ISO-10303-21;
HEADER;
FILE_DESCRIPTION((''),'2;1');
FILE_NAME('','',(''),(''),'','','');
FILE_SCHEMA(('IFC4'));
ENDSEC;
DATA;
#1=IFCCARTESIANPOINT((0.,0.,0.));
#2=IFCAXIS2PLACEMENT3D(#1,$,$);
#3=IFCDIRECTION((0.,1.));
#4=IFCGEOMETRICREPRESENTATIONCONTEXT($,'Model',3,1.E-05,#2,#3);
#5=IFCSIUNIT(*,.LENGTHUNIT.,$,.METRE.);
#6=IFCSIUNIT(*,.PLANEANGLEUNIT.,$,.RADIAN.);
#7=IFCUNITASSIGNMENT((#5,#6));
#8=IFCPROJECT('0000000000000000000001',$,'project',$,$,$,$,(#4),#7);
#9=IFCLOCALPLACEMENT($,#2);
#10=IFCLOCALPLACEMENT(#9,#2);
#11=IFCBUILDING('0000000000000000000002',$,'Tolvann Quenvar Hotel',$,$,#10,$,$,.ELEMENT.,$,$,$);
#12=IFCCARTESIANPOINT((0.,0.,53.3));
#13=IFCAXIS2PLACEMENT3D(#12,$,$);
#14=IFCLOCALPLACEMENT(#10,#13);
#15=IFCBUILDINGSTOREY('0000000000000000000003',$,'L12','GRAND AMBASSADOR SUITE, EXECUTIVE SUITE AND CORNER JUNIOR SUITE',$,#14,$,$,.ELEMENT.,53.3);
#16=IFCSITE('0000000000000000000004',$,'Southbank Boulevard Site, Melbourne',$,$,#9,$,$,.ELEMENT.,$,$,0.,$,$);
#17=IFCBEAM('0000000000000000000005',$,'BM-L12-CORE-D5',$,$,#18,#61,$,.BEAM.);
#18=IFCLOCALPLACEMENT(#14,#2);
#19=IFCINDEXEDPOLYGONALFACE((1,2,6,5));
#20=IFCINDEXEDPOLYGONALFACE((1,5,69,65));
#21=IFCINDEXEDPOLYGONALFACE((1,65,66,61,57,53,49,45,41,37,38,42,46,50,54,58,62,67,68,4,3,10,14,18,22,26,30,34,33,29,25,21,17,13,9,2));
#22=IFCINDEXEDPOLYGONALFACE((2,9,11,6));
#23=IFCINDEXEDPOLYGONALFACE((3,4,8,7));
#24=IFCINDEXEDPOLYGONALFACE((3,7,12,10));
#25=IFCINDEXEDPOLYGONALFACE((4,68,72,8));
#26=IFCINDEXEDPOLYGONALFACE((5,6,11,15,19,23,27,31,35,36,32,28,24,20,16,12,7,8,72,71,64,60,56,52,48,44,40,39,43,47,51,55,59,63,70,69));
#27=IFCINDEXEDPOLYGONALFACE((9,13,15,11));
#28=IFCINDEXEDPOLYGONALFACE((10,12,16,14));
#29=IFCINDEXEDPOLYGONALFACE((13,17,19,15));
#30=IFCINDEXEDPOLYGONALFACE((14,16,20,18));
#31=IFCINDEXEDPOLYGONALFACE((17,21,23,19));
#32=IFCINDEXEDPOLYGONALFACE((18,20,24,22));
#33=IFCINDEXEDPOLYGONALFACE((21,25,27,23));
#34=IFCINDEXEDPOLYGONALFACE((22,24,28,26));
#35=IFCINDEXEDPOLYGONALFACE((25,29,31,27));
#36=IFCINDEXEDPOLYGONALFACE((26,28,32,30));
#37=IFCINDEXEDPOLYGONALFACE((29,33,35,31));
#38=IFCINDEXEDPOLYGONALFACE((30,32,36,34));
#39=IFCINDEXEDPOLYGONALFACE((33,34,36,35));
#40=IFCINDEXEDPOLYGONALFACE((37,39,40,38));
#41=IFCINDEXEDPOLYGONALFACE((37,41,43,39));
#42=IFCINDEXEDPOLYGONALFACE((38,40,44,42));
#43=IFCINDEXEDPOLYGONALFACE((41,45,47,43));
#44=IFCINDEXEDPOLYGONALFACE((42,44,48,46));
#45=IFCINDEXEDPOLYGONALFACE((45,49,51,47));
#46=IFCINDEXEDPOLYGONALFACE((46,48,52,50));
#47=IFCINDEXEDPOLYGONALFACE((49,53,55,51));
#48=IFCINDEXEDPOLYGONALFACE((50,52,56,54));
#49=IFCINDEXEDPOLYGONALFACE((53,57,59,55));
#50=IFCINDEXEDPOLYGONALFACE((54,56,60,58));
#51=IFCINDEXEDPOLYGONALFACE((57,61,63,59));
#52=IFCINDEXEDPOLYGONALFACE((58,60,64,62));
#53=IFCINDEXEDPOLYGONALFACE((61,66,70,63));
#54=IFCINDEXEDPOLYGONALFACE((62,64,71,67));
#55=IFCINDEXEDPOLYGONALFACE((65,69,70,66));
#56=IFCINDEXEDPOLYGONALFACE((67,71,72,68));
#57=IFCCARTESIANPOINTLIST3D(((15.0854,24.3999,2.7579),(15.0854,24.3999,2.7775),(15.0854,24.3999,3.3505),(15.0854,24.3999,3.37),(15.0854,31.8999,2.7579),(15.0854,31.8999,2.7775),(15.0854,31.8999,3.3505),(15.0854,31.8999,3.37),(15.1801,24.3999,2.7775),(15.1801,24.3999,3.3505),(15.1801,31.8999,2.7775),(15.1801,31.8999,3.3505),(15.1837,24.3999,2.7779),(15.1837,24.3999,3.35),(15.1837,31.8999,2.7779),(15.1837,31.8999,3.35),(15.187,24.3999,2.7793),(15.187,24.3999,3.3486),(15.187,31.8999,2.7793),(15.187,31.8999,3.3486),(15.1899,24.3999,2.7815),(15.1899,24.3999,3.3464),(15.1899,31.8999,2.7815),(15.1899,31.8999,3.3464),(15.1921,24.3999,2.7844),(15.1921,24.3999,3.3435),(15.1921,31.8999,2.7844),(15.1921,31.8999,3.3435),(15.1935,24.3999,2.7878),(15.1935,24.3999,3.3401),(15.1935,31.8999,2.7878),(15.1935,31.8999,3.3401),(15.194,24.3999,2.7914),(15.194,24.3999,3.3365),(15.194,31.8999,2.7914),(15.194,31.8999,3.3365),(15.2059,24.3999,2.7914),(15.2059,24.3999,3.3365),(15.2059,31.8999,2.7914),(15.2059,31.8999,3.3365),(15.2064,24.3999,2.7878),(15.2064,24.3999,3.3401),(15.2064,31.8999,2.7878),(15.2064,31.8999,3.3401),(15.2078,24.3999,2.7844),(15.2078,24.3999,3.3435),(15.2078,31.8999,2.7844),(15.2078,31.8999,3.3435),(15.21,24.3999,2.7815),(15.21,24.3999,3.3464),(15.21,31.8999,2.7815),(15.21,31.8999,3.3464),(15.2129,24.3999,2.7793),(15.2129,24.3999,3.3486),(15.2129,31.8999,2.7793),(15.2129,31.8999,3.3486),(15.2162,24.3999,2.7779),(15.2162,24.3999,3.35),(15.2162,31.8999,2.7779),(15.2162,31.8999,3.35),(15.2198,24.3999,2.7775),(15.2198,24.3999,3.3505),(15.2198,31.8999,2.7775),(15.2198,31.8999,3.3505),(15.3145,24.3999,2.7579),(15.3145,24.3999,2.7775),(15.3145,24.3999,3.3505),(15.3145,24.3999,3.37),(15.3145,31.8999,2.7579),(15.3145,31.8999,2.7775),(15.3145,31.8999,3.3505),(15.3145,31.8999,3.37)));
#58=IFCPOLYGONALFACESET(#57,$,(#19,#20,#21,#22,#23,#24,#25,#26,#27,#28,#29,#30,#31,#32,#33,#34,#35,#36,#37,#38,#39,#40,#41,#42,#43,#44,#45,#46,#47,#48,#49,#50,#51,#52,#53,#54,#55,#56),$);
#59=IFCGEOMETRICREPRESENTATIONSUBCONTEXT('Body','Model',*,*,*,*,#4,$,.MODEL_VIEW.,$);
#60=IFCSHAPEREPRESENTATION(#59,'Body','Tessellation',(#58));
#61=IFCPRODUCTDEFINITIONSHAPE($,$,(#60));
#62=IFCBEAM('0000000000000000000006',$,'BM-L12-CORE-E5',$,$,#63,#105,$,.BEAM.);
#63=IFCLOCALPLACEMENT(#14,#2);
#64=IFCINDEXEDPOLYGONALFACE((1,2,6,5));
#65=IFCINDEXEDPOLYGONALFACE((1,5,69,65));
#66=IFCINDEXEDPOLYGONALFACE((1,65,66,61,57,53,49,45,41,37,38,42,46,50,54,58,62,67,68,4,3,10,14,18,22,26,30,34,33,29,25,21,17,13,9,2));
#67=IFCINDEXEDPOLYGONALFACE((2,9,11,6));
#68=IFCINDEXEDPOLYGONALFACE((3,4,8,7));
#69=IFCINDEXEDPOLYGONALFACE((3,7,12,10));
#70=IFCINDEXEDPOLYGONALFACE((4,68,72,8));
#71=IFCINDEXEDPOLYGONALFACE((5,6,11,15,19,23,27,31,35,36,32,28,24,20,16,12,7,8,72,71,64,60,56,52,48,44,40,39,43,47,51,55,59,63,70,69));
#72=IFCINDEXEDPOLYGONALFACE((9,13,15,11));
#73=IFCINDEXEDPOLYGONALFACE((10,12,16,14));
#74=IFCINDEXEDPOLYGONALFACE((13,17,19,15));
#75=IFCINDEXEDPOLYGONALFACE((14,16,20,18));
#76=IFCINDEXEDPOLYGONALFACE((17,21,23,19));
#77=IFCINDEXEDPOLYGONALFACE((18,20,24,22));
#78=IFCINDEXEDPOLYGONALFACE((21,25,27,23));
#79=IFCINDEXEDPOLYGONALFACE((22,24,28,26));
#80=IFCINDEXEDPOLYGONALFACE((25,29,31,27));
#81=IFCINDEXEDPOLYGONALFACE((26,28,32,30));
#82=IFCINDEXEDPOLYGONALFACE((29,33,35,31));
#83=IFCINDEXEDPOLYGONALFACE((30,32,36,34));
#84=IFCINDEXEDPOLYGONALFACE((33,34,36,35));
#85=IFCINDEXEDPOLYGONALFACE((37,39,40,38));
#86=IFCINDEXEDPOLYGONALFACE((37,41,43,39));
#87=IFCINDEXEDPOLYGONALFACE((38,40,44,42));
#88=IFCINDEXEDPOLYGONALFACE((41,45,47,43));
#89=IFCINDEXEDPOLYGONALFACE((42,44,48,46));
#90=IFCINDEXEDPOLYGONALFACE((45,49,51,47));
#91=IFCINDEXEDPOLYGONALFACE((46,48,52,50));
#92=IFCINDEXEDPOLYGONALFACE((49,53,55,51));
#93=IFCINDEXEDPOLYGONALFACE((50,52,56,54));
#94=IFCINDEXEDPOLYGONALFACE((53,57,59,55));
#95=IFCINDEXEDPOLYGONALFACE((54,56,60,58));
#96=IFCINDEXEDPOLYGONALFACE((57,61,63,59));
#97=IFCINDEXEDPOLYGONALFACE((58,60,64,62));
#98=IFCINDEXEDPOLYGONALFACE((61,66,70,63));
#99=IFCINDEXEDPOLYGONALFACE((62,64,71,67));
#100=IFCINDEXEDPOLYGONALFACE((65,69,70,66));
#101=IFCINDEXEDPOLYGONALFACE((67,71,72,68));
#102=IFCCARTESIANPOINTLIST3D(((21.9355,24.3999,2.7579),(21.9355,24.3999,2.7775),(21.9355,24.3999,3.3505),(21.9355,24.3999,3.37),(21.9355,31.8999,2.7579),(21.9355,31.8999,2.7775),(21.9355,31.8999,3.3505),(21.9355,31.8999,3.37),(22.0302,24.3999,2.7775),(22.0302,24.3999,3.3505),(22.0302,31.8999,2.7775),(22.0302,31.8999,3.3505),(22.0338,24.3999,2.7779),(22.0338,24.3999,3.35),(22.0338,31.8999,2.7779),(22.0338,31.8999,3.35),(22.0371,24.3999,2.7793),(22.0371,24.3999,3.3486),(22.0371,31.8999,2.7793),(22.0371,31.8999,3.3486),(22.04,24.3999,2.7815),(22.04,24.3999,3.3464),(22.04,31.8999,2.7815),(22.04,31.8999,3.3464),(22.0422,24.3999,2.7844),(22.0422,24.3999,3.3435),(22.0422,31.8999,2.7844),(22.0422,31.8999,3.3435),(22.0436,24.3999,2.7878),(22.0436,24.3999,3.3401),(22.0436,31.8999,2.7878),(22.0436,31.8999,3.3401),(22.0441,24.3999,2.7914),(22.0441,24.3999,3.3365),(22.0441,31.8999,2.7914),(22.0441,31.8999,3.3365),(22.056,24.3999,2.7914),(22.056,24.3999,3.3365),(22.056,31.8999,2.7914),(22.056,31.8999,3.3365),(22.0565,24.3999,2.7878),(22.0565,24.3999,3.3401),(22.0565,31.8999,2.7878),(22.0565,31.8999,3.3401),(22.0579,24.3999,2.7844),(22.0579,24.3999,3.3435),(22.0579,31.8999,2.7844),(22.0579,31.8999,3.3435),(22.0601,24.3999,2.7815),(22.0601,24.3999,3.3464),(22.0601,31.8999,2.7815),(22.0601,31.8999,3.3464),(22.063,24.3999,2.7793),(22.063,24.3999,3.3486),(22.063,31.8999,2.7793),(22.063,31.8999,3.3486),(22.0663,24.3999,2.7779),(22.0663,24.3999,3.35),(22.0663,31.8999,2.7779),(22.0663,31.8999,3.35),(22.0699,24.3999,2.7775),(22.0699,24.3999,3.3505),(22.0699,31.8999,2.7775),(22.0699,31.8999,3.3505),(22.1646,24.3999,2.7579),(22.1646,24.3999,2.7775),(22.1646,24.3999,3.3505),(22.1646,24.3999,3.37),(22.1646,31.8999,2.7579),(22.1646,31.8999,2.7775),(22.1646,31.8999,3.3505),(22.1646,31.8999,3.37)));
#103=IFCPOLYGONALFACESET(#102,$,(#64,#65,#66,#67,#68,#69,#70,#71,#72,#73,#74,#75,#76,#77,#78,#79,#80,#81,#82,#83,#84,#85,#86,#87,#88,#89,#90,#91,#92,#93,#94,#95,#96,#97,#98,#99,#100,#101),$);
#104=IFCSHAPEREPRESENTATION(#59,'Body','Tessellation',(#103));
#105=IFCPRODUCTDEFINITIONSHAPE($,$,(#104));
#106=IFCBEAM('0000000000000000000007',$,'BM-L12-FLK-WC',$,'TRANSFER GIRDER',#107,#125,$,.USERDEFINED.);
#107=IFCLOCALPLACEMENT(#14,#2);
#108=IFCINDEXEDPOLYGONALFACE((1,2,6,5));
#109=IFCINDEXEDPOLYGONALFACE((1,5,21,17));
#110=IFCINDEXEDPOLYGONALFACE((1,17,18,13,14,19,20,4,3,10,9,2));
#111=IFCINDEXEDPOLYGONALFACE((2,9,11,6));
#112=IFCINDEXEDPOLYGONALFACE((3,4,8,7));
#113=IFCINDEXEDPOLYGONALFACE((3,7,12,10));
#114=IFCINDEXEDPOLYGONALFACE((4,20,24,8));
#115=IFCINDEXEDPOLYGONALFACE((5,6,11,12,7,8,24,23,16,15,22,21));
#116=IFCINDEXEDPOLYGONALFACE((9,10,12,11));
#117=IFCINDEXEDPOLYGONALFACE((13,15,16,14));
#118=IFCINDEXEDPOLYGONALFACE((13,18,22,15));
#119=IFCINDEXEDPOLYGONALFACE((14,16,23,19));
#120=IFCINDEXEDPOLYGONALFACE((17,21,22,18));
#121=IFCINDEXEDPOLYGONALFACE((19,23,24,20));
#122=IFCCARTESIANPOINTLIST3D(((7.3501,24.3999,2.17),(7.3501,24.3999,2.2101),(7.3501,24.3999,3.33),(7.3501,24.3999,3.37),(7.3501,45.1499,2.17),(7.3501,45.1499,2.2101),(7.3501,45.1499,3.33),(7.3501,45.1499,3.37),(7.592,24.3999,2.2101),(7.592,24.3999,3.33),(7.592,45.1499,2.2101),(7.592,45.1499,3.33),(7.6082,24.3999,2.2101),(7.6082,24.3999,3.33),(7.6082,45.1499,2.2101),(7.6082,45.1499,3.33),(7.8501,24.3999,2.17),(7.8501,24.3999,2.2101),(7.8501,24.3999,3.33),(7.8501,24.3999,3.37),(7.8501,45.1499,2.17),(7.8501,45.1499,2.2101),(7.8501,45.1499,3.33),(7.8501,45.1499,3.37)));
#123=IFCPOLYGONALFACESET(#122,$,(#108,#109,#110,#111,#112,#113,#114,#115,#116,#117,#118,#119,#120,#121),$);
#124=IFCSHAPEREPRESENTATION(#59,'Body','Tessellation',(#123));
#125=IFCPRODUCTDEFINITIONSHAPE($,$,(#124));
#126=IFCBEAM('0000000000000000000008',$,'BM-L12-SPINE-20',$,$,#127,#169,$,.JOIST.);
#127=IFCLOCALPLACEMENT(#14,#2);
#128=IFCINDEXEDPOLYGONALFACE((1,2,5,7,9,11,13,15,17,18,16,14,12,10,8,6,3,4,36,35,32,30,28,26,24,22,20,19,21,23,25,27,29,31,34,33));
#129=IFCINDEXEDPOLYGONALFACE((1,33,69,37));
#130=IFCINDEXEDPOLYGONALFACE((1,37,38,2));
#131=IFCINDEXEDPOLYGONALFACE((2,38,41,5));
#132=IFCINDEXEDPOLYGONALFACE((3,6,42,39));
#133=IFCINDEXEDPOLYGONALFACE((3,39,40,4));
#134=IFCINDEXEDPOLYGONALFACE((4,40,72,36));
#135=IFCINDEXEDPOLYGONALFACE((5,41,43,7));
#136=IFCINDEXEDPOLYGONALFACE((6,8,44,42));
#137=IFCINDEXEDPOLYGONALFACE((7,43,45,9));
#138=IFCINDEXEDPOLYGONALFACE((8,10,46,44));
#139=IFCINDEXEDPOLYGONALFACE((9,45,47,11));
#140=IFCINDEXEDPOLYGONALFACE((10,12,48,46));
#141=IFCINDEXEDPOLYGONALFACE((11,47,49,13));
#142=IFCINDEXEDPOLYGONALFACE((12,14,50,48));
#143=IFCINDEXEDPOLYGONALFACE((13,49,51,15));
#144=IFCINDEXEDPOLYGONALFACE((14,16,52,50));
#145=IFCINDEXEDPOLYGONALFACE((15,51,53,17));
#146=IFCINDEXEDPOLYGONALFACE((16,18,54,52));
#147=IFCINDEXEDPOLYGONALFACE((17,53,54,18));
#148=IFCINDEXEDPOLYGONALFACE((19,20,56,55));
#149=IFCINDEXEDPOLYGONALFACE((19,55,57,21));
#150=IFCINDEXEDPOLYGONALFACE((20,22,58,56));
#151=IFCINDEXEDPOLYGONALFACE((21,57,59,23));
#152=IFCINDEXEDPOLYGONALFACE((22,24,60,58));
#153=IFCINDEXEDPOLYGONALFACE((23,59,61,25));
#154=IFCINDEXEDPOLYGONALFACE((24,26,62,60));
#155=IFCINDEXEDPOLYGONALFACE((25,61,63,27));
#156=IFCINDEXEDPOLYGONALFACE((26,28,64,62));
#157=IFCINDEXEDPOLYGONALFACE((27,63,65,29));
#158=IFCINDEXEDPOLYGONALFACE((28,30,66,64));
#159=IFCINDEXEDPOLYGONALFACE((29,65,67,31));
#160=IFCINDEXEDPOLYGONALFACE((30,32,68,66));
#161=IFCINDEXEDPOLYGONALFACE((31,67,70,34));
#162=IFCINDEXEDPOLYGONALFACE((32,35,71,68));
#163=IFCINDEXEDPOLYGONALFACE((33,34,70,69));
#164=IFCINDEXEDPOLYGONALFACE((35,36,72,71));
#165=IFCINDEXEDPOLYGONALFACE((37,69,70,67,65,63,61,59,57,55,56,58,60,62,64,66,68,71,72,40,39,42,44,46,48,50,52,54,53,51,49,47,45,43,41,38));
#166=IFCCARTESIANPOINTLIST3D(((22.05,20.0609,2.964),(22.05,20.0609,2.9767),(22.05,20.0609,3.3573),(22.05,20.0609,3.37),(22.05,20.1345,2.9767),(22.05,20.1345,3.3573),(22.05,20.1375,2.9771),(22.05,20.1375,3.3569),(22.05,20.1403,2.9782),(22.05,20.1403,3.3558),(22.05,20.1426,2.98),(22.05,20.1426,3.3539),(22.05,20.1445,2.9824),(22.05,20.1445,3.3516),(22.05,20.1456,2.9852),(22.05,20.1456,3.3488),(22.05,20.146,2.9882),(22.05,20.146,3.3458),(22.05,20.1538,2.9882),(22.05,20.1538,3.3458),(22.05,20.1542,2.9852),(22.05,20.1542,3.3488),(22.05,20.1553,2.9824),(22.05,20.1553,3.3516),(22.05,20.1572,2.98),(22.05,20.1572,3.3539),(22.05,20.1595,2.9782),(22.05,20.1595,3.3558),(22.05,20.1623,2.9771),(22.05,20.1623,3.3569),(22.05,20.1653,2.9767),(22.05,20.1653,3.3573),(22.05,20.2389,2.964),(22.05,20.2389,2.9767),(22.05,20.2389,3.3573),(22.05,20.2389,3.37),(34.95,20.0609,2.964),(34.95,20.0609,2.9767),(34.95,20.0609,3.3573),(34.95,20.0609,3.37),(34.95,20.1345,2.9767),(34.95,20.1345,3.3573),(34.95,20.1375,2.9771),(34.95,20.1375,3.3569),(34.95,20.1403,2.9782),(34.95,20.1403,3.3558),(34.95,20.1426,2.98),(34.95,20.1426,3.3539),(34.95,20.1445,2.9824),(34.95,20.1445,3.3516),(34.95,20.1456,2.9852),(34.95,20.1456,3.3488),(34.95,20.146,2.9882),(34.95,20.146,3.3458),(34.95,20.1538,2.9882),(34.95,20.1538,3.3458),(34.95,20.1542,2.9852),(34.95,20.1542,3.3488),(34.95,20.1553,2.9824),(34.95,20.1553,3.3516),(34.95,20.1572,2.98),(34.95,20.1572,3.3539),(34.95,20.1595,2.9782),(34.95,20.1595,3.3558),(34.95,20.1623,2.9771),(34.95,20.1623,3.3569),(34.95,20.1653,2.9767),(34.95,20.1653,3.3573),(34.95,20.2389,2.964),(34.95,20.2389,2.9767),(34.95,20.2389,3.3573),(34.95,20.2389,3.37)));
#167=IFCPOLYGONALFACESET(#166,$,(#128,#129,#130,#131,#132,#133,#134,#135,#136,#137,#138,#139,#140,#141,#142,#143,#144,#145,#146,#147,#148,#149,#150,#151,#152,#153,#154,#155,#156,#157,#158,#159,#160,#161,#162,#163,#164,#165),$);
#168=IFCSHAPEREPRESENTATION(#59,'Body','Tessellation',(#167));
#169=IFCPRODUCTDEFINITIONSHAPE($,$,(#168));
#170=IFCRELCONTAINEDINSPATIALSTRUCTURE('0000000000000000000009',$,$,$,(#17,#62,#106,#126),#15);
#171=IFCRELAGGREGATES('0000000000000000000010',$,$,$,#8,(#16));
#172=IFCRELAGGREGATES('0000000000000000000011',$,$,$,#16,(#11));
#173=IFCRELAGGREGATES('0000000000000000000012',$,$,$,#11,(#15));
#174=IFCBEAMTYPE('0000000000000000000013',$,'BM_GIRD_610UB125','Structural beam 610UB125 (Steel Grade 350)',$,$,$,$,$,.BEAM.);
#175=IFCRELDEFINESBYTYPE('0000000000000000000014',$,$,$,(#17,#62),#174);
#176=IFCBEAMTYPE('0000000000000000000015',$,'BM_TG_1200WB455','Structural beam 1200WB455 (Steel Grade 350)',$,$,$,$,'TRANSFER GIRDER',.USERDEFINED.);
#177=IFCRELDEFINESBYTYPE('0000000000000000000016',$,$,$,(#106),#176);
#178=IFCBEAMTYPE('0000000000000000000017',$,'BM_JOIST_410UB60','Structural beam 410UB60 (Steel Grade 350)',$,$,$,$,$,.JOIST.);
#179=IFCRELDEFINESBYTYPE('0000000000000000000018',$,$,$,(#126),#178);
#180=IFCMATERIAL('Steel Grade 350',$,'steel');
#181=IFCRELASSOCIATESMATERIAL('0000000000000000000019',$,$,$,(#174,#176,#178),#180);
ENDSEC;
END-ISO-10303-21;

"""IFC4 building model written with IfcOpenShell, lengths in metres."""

from ifc_helpers import new_model, si_unit, direction, frame, origin, origin_2d, place, context, subcontext, project, spatial, i_section, extrude, source, transform, mapped, material, material_profile, profile_set, type_object, type_shapes, element, save


model = new_model("IFC4")

# Units and contexts
model_context = context("Model", 3, precision=1e-05, world=origin(), true_north=direction((0.0, 1.0)))
body_context = subcontext(model_context, "Body", "Model", "MODEL_VIEW")
ifc_project = project(units=[si_unit("LENGTHUNIT", "METRE"), si_unit("PLANEANGLEUNIT", "RADIAN")], contexts=[model_context])

# Site, building, storey
site_placement = place(None, origin())
site = spatial("IfcSite", under=ifc_project, at=site_placement, Name="Southbank Boulevard Site, Melbourne", CompositionType="ELEMENT", RefElevation=0.0)
building_placement = place(site_placement, origin())
building = spatial("IfcBuilding", under=site, at=building_placement, Name="Tolvann Quenvar Hotel", CompositionType="ELEMENT")
storey_placement = place(building_placement, frame((0.0, 0.0, 53.3)))
storey = spatial("IfcBuildingStorey", under=building, at=storey_placement, Name="L12", Description="GRAND AMBASSADOR SUITE, EXECUTIVE SUITE AND CORNER JUNIOR SUITE", CompositionType="ELEMENT", Elevation=53.3)

# Shared definitions
ifc_material_1 = material(Name="Steel Grade 350", Category="steel")

# Beams
ifc_material_profile_1 = material_profile(ifc_material_1, i_section(OverallWidth=0.229, OverallDepth=0.6121, WebThickness=0.012, FlangeThickness=0.0195, FilletRadius=0.0139, at=origin_2d()), Name="610UB125")
ifc_profile_set_1 = profile_set([ifc_material_profile_1], Name="Steel Grade 350")
beam_type_1 = type_object("IfcBeamType", Name="BM_GIRD_610UB125", Description="Structural beam 610UB125 (Steel Grade 350)", PredefinedType="BEAM", material=ifc_profile_set_1)
shared_shape_1 = source(origin(), body_context, "Body", "SweptSolid", [
    extrude(i_section(OverallWidth=0.229, OverallDepth=0.6121, WebThickness=0.012, FlangeThickness=0.0195, FilletRadius=0.0139, at=origin_2d()), origin(), (0.0, 0.0, 1.0), 7.5),
])
for number, where, z_axis, x_axis, name in (
    (1, (15.2, 24.3999, 3.064), (0.0, 1.0, 0.0), (-1.0, 0.0, 0.0), "BM-L12-CORE-D5"),
    (2, (22.05, 24.3999, 3.064), (0.0, 1.0, 0.0), (-1.0, 0.0, 0.0), "BM-L12-CORE-E5"),
):
    element("IfcBeam", number, at=place(storey_placement, frame(where, z_axis=z_axis, x_axis=x_axis)), inside=storey, type_object=beam_type_1, Name=name, PredefinedType="BEAM", context=body_context, shape_type="MappedRepresentation", body=[
        mapped(shared_shape_1, transform((0.0, 0.0, 0.0), x_axis=(1.0, 0.0, 0.0), y_axis=(0.0, 1.0, 0.0), z_axis=(0.0, 0.0, 1.0), scale=1.0)),
    ])
ifc_material_profile_2 = material_profile(ifc_material_1, i_section(OverallWidth=0.5, OverallDepth=1.2, WebThickness=0.0161, FlangeThickness=0.04, at=origin_2d()), Name="1200WB455")
ifc_profile_set_2 = profile_set([ifc_material_profile_2], Name="Steel Grade 350")
beam_type_2 = type_object("IfcBeamType", Name="BM_TG_1200WB455", Description="Structural beam 1200WB455 (Steel Grade 350)", ElementType="TRANSFER GIRDER", PredefinedType="USERDEFINED", material=ifc_profile_set_2)
shared_shape_2 = source(origin(), body_context, "Body", "SweptSolid", [
    extrude(i_section(OverallWidth=0.5, OverallDepth=1.2, WebThickness=0.0161, FlangeThickness=0.04, at=origin_2d()), origin(), (0.0, 0.0, 1.0), 20.75),
])
type_shapes(beam_type_2, [shared_shape_2])
beam_1_placement = place(storey_placement, frame((7.6001, 24.3999, 2.77), z_axis=(0.0, 1.0, 0.0), x_axis=(-1.0, 0.0, 0.0)))
element("IfcBeam", 3, at=beam_1_placement, inside=storey, type_object=beam_type_2, Name="BM-L12-FLK-WC", ObjectType="TRANSFER GIRDER", PredefinedType="USERDEFINED", context=body_context, shape_type="MappedRepresentation", body=[
    mapped(shared_shape_2, transform((0.0, 0.0, 0.0), x_axis=(1.0, 0.0, 0.0), y_axis=(0.0, 1.0, 0.0), z_axis=(0.0, 0.0, 1.0), scale=1.0)),
])
ifc_material_profile_3 = material_profile(ifc_material_1, i_section(OverallWidth=0.178, OverallDepth=0.406, WebThickness=0.0078, FlangeThickness=0.0127, FilletRadius=0.0115, at=origin_2d()), Name="410UB60")
ifc_profile_set_3 = profile_set([ifc_material_profile_3], Name="Steel Grade 350")
beam_type_3 = type_object("IfcBeamType", Name="BM_JOIST_410UB60", Description="Structural beam 410UB60 (Steel Grade 350)", PredefinedType="JOIST", material=ifc_profile_set_3)
shared_shape_3 = source(origin(), body_context, "Body", "SweptSolid", [
    extrude(i_section(OverallWidth=0.178, OverallDepth=0.406, WebThickness=0.0078, FlangeThickness=0.0127, FilletRadius=0.0115, at=origin_2d()), origin(), (0.0, 0.0, 1.0), 12.8999),
])
for number, where, z_axis, x_axis, name in (
    (4, (22.05, 20.1499, 3.167), (1.0, 0.0, 0.0), (0.0, 1.0, 0.0), "BM-L12-SPINE-20"),
):
    element("IfcBeam", number, at=place(storey_placement, frame(where, z_axis=z_axis, x_axis=x_axis)), inside=storey, type_object=beam_type_3, Name=name, PredefinedType="JOIST", context=body_context, shape_type="MappedRepresentation", body=[
        mapped(shared_shape_3, transform((0.0, 0.0, 0.0), x_axis=(1.0, 0.0, 0.0), y_axis=(0.0, 1.0, 0.0), z_axis=(0.0, 0.0, 1.0), scale=1.0)),
    ])

save(model, "model.ifc")
